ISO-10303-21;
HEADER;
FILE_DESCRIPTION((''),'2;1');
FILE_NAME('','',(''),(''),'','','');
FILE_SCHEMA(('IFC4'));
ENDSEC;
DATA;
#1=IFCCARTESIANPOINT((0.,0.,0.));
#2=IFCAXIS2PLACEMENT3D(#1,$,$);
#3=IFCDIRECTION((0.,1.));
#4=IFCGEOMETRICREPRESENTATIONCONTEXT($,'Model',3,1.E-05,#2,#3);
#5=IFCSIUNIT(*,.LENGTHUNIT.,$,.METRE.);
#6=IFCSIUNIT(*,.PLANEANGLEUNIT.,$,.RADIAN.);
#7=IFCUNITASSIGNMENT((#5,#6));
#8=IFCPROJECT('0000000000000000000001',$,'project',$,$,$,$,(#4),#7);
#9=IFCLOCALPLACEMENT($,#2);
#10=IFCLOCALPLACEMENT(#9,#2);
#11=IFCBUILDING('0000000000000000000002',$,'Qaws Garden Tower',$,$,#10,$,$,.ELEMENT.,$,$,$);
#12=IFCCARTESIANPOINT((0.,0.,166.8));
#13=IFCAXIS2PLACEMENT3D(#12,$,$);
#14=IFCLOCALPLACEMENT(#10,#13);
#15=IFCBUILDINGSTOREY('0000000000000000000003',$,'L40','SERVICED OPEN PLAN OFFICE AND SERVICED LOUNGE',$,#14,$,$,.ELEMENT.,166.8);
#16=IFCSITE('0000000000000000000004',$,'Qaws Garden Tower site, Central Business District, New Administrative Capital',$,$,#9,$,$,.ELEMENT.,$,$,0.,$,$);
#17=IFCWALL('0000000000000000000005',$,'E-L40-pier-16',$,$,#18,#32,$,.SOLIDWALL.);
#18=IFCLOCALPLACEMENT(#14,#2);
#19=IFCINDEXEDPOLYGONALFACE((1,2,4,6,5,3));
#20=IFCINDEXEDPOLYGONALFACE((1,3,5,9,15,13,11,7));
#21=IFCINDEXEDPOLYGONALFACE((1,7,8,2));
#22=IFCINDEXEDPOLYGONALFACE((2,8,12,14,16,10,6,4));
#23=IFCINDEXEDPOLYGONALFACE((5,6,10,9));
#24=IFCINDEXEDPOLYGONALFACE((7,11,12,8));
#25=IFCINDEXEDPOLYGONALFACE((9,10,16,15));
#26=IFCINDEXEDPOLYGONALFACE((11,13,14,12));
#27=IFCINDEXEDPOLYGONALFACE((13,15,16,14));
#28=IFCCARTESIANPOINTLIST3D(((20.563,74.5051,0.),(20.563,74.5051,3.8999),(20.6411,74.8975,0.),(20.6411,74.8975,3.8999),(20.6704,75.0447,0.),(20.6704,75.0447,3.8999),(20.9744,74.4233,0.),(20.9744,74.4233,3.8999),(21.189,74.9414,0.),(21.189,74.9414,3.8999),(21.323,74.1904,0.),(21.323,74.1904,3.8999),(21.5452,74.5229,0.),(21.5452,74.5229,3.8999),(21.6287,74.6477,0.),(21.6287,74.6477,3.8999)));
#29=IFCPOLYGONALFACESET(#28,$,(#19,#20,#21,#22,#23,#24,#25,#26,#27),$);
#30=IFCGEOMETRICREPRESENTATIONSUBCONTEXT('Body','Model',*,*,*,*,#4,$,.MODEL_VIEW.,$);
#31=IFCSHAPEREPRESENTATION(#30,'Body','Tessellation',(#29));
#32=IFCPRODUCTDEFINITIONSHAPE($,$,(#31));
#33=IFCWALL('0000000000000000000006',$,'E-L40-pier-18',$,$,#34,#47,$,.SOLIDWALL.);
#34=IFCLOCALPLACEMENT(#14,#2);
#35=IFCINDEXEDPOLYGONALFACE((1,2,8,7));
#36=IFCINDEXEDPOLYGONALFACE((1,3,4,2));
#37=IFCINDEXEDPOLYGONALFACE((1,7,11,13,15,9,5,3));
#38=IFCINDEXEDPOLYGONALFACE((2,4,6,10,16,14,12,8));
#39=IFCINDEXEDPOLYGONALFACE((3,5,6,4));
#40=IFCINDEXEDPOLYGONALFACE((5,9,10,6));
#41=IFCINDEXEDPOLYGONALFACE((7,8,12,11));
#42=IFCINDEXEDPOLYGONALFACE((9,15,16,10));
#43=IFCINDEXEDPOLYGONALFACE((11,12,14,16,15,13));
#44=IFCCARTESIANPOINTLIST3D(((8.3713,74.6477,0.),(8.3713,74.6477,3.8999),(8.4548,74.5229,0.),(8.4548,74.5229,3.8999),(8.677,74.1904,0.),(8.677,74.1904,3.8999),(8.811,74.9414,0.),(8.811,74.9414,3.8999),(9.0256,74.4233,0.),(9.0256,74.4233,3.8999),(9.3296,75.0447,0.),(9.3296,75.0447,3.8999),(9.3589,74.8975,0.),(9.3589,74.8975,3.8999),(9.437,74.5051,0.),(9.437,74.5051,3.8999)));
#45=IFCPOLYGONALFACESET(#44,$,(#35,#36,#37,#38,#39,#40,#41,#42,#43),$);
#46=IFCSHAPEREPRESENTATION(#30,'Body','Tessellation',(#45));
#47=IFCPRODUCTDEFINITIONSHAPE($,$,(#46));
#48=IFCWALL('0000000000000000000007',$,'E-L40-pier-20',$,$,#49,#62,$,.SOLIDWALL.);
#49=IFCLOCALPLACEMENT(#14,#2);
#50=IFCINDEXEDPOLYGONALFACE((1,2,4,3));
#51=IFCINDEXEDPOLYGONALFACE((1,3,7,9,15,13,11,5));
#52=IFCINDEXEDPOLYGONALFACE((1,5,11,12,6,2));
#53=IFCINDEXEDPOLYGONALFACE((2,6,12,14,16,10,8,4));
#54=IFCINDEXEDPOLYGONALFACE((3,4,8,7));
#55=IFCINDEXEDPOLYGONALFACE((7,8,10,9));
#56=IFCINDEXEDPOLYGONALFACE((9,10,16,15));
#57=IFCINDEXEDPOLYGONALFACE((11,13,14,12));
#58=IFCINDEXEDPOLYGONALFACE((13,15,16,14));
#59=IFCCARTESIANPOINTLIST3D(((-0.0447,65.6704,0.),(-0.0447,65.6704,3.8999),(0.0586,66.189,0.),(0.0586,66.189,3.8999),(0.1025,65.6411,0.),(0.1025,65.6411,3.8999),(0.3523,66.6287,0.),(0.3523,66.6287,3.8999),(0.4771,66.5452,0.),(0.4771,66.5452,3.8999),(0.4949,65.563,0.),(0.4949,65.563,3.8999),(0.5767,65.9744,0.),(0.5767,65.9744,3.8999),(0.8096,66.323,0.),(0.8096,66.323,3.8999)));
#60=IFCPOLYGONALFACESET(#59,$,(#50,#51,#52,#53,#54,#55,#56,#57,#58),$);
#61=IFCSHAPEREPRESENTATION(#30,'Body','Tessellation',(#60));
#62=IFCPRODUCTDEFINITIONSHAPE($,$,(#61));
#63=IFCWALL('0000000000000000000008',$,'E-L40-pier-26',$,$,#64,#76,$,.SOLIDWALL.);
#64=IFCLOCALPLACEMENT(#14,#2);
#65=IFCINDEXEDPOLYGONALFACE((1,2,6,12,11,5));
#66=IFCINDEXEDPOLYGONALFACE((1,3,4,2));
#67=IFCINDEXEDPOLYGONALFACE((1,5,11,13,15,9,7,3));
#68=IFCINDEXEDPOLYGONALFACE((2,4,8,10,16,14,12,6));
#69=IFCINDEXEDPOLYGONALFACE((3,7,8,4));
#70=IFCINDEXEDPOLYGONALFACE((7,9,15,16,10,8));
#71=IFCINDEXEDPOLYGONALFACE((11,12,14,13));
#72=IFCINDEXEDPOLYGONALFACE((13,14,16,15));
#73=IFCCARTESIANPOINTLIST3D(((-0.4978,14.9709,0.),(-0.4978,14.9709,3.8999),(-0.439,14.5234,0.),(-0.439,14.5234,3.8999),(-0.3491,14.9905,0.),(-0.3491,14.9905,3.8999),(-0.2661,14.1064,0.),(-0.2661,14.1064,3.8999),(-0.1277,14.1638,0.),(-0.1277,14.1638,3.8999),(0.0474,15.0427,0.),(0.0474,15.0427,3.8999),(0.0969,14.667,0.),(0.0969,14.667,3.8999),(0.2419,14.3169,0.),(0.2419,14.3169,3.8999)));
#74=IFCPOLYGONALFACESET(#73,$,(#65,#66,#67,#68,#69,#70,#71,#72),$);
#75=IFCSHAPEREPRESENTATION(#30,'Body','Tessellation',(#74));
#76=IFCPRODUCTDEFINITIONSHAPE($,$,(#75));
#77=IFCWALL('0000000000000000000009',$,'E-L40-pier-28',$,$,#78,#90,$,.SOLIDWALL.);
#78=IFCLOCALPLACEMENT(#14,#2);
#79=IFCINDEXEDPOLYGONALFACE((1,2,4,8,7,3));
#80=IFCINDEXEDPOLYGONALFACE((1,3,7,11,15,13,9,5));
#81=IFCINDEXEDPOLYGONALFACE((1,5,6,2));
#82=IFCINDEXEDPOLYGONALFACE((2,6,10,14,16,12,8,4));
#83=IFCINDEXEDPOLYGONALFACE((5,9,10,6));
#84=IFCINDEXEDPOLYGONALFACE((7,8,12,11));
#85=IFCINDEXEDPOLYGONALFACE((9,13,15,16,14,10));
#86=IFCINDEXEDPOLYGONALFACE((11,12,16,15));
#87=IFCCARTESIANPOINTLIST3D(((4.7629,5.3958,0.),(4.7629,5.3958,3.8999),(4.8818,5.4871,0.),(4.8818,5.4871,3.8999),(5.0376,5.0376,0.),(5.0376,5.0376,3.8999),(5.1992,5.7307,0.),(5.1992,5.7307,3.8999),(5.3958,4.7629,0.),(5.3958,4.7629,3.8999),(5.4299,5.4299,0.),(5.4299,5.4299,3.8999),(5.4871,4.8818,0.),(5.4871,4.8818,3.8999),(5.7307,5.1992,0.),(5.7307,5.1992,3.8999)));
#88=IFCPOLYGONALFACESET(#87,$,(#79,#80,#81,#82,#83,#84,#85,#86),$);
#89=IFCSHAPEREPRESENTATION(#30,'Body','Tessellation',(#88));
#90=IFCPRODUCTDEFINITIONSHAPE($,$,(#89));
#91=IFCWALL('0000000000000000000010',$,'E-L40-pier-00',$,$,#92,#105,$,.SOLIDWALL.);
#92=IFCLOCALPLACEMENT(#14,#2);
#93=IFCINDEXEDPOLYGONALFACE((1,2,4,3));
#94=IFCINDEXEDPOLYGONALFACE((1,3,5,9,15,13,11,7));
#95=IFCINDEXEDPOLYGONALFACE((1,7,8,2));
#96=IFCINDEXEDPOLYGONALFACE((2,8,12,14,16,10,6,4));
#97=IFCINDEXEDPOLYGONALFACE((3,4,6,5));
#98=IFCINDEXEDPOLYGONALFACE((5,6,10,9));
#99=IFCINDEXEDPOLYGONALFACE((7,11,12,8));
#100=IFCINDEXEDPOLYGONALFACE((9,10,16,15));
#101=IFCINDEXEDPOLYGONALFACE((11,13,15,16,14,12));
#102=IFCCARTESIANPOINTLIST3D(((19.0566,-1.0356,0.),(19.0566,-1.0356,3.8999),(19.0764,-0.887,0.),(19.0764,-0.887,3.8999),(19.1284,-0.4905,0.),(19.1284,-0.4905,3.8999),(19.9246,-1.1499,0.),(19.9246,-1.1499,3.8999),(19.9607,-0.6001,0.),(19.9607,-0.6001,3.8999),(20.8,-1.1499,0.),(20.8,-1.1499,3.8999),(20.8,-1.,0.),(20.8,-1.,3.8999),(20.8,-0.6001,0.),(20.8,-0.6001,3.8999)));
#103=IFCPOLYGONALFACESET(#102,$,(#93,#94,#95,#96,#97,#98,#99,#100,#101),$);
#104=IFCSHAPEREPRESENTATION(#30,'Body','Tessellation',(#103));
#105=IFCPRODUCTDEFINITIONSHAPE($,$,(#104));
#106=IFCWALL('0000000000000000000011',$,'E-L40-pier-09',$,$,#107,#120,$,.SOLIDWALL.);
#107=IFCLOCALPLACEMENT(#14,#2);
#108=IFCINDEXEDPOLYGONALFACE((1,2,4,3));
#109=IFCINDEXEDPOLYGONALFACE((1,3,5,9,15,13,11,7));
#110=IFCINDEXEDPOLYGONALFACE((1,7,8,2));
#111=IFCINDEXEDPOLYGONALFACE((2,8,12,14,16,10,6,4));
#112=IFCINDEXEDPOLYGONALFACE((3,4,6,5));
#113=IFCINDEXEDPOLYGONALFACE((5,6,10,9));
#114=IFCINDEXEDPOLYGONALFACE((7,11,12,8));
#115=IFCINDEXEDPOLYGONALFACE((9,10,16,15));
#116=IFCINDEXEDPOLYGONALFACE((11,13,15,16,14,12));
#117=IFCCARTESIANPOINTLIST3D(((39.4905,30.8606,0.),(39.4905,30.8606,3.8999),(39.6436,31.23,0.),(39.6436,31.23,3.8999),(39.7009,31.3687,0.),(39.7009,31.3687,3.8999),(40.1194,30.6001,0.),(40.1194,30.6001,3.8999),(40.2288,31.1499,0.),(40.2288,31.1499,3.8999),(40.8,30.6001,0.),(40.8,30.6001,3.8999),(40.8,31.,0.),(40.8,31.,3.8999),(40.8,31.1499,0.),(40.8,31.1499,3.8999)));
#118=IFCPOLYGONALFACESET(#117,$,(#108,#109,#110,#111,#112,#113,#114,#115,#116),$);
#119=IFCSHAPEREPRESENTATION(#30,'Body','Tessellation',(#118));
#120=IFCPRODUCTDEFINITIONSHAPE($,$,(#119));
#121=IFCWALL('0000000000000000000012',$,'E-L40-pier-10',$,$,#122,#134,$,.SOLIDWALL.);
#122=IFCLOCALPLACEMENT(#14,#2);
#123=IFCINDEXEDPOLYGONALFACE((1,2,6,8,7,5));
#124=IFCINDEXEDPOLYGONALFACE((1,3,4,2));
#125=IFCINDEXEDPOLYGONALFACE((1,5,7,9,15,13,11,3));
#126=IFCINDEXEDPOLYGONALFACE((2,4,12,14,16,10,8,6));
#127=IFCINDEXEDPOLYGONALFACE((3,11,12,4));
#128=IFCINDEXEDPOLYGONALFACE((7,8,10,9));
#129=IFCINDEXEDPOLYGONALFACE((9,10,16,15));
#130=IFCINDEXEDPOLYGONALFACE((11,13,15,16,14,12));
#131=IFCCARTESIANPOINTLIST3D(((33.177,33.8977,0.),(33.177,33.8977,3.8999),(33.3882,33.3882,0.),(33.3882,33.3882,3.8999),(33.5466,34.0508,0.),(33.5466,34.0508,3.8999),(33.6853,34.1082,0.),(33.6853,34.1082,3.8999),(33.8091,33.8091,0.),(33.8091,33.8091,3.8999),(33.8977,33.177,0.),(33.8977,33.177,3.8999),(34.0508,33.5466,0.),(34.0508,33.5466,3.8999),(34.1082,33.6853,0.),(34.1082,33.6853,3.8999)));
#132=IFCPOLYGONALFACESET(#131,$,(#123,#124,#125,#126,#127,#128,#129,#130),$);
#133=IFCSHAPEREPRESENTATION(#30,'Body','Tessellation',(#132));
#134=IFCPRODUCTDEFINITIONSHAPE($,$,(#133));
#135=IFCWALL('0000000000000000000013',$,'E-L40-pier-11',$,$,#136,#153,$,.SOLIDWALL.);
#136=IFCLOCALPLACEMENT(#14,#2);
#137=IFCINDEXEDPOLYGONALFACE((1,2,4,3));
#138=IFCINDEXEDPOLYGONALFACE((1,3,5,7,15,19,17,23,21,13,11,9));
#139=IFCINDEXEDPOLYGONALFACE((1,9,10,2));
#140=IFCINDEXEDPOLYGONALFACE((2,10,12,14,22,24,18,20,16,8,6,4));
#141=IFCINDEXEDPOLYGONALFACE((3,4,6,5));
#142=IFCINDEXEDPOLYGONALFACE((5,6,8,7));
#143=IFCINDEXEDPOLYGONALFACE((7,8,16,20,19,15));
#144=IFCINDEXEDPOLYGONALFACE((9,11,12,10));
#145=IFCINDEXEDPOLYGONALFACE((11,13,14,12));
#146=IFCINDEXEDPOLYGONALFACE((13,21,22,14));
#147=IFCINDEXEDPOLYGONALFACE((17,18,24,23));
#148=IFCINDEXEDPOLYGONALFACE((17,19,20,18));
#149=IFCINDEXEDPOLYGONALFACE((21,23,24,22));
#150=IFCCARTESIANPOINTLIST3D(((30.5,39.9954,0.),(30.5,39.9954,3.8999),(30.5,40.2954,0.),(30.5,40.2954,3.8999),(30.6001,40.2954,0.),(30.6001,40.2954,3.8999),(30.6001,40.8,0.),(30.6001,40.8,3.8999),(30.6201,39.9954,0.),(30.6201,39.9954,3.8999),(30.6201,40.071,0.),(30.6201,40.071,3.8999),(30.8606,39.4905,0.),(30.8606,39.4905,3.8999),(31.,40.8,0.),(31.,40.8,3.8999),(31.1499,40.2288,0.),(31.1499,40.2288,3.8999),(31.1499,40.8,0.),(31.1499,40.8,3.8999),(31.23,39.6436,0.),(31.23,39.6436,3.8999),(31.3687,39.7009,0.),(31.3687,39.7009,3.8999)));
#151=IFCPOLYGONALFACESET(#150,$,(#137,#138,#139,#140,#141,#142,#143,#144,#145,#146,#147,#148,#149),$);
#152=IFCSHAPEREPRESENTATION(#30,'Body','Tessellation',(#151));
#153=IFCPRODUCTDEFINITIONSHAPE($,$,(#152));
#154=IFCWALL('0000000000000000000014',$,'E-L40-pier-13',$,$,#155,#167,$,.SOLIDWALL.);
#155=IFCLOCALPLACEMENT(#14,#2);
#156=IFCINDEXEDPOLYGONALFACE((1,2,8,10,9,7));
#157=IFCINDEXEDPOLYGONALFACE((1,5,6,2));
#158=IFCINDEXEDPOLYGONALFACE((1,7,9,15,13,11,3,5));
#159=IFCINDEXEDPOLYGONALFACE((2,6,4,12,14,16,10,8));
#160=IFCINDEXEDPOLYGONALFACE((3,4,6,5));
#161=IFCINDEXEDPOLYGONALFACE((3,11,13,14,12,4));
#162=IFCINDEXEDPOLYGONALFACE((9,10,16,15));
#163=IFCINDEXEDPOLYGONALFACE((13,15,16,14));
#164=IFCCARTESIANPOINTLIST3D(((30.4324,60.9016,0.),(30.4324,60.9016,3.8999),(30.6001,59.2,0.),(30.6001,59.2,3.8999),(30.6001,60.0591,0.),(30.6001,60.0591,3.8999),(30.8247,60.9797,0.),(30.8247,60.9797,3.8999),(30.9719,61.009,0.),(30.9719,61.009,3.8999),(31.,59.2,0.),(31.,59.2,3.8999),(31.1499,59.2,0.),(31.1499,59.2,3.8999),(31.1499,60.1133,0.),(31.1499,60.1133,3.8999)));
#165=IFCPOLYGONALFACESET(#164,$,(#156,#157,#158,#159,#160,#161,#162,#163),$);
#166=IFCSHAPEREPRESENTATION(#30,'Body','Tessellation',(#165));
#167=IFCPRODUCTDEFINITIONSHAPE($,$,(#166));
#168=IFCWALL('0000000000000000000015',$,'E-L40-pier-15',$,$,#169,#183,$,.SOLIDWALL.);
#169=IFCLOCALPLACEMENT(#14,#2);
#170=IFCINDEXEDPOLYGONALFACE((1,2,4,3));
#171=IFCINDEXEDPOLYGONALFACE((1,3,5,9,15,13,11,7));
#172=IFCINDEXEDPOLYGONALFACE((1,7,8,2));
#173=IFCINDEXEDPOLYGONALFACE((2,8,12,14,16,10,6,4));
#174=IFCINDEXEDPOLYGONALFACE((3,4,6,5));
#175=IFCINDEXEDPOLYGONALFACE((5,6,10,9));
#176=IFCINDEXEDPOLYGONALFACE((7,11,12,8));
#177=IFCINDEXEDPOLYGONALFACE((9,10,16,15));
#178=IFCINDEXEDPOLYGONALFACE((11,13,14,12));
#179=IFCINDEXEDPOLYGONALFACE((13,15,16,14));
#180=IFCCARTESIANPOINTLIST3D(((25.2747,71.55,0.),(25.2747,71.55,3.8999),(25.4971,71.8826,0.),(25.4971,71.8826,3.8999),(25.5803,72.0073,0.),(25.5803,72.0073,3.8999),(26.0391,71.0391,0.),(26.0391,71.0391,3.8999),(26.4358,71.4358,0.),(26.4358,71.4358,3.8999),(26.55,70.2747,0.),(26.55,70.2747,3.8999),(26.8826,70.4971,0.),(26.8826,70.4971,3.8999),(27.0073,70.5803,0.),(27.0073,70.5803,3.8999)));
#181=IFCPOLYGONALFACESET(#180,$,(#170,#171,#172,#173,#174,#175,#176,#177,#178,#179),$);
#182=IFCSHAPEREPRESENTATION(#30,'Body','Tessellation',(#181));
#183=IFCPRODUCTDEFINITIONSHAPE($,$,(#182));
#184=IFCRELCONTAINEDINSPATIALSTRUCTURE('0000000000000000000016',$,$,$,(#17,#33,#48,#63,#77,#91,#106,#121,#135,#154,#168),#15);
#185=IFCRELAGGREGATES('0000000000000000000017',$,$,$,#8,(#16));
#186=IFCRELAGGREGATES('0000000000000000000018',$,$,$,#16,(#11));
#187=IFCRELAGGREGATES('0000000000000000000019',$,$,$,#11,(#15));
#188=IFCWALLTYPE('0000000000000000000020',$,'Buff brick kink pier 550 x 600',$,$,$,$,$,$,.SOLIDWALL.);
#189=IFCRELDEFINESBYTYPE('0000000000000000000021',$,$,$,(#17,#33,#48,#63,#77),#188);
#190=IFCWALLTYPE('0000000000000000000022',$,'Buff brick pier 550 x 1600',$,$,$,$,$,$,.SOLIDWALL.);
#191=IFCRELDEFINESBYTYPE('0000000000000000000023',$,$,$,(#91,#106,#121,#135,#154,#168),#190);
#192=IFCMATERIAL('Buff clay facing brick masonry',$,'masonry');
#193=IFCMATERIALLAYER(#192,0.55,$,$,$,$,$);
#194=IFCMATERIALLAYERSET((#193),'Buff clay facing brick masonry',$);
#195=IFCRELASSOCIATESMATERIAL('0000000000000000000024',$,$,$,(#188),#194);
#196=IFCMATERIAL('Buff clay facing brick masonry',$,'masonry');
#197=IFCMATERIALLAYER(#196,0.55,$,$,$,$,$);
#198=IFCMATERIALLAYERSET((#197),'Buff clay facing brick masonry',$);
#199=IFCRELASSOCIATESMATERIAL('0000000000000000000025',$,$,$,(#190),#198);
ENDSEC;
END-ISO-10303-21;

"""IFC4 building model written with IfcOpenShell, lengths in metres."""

from ifc_helpers import new_model, si_unit, direction, frame, origin, place, context, subcontext, project, spatial, polyline, outline, extrude, material, layer, layer_set, type_object, element, save


model = new_model("IFC4")

# Units and contexts
model_context = context("Model", 3, precision=1e-05, world=origin(), true_north=direction((0.0, 1.0)))
body_context = subcontext(model_context, "Body", "Model", "MODEL_VIEW")
ifc_project = project(units=[si_unit("LENGTHUNIT", "METRE"), si_unit("PLANEANGLEUNIT", "RADIAN")], contexts=[model_context])

# Site, building, storey
site_placement = place(None, origin())
site = spatial("IfcSite", under=ifc_project, at=site_placement, Name="Qaws Garden Tower site, Central Business District, New Administrative Capital", CompositionType="ELEMENT", RefElevation=0.0)
building_placement = place(site_placement, origin())
building = spatial("IfcBuilding", under=site, at=building_placement, Name="Qaws Garden Tower", CompositionType="ELEMENT")
storey_placement = place(building_placement, frame((0.0, 0.0, 166.8)))
storey = spatial("IfcBuildingStorey", under=building, at=storey_placement, Name="L40", Description="SERVICED OPEN PLAN OFFICE AND SERVICED LOUNGE", CompositionType="ELEMENT", Elevation=166.8)

# Walls
placement = place(storey_placement, origin())
ifc_material_1 = material(Name="Buff clay facing brick masonry", Category="masonry")
ifc_layer_1 = layer(ifc_material_1, 0.55)
ifc_layer_set_1 = layer_set([ifc_layer_1], Name="Buff clay facing brick masonry")
wall_type_1 = type_object("IfcWallType", Name="Buff brick kink pier 550 x 600", PredefinedType="SOLIDWALL", material=ifc_layer_set_1)
element("IfcWall", 1, at=placement, inside=storey, type_object=wall_type_1, Name="E-L40-pier-16", PredefinedType="SOLIDWALL", context=body_context, shape_type="SweptSolid", body=[
    extrude(outline(polyline([(21.5452, 74.5229), (21.6287, 74.6477), (21.189, 74.9414), (20.6704, 75.0447), (20.6411, 74.8975), (20.563, 74.5051), (20.9744, 74.4233), (21.323, 74.1904), (21.5452, 74.5229)])), origin(), (0.0, 0.0, 1.0), 3.8999),
])
element("IfcWall", 2, at=placement, inside=storey, type_object=wall_type_1, Name="E-L40-pier-18", PredefinedType="SOLIDWALL", context=body_context, shape_type="SweptSolid", body=[
    extrude(outline(polyline([(9.3589, 74.8975), (9.3296, 75.0447), (8.811, 74.9414), (8.3713, 74.6477), (8.4548, 74.5229), (8.677, 74.1904), (9.0256, 74.4233), (9.437, 74.5051), (9.3589, 74.8975)])), origin(), (0.0, 0.0, 1.0), 3.8999),
])
element("IfcWall", 3, at=placement, inside=storey, type_object=wall_type_1, Name="E-L40-pier-20", PredefinedType="SOLIDWALL", context=body_context, shape_type="SweptSolid", body=[
    extrude(outline(polyline([(0.4771, 66.5452), (0.3523, 66.6287), (0.0586, 66.189), (-0.0447, 65.6704), (0.1025, 65.6411), (0.4949, 65.563), (0.5767, 65.9744), (0.8096, 66.323), (0.4771, 66.5452)])), origin(), (0.0, 0.0, 1.0), 3.8999),
])
element("IfcWall", 4, at=placement, inside=storey, type_object=wall_type_1, Name="E-L40-pier-26", PredefinedType="SOLIDWALL", context=body_context, shape_type="SweptSolid", body=[
    extrude(outline(polyline([(-0.3491, 14.9905), (-0.4978, 14.9709), (-0.439, 14.5234), (-0.2661, 14.1064), (-0.1277, 14.1638), (0.2419, 14.3169), (0.0969, 14.667), (0.0474, 15.0427), (-0.3491, 14.9905)])), origin(), (0.0, 0.0, 1.0), 3.8999),
])
element("IfcWall", 5, at=placement, inside=storey, type_object=wall_type_1, Name="E-L40-pier-28", PredefinedType="SOLIDWALL", context=body_context, shape_type="SweptSolid", body=[
    extrude(outline(polyline([(4.8818, 5.4871), (4.7629, 5.3958), (5.0376, 5.0376), (5.3958, 4.7629), (5.4871, 4.8818), (5.7307, 5.1992), (5.4299, 5.4299), (5.1992, 5.7307), (4.8818, 5.4871)])), origin(), (0.0, 0.0, 1.0), 3.8999),
])
ifc_material_2 = material(Name="Buff clay facing brick masonry", Category="masonry")
ifc_layer_2 = layer(ifc_material_2, 0.55)
ifc_layer_set_2 = layer_set([ifc_layer_2], Name="Buff clay facing brick masonry")
wall_type_2 = type_object("IfcWallType", Name="Buff brick pier 550 x 1600", PredefinedType="SOLIDWALL", material=ifc_layer_set_2)
element("IfcWall", 6, at=placement, inside=storey, type_object=wall_type_2, Name="E-L40-pier-00", PredefinedType="SOLIDWALL", context=body_context, shape_type="SweptSolid", body=[
    extrude(outline(polyline([(19.0764, -0.887), (19.0566, -1.0356), (19.9246, -1.1499), (20.8, -1.1499), (20.8, -1.0), (20.8, -0.6001), (19.9607, -0.6001), (19.1284, -0.4905), (19.0764, -0.887)])), origin(), (0.0, 0.0, 1.0), 3.8999),
])
element("IfcWall", 7, at=placement, inside=storey, type_object=wall_type_2, Name="E-L40-pier-09", PredefinedType="SOLIDWALL", context=body_context, shape_type="SweptSolid", body=[
    extrude(outline(polyline([(40.8, 31.0), (40.8, 31.1499), (40.2288, 31.1499), (39.7009, 31.3687), (39.6436, 31.23), (39.4905, 30.8606), (40.1194, 30.6001), (40.8, 30.6001), (40.8, 31.0)])), origin(), (0.0, 0.0, 1.0), 3.8999),
])
element("IfcWall", 8, at=placement, inside=storey, type_object=wall_type_2, Name="E-L40-pier-10", PredefinedType="SOLIDWALL", context=body_context, shape_type="SweptSolid", body=[
    extrude(outline(polyline([(34.0508, 33.5466), (34.1082, 33.6853), (33.8091, 33.8091), (33.6853, 34.1082), (33.5466, 34.0508), (33.177, 33.8977), (33.3882, 33.3882), (33.8977, 33.177), (34.0508, 33.5466)])), origin(), (0.0, 0.0, 1.0), 3.8999),
])
element("IfcWall", 9, at=placement, inside=storey, type_object=wall_type_2, Name="E-L40-pier-11", PredefinedType="SOLIDWALL", context=body_context, shape_type="SweptSolid", body=[
    extrude(outline(polyline([(30.6201, 39.9954), (30.6201, 40.071), (30.8606, 39.4905), (31.23, 39.6436), (31.3687, 39.7009), (31.1499, 40.2288), (31.1499, 40.8), (31.0, 40.8), (30.6001, 40.8), (30.6001, 40.2954), (30.5, 40.2954), (30.5, 39.9954), (30.6201, 39.9954)])), origin(), (0.0, 0.0, 1.0), 3.8999),
])
element("IfcWall", 10, at=placement, inside=storey, type_object=wall_type_2, Name="E-L40-pier-13", PredefinedType="SOLIDWALL", context=body_context, shape_type="SweptSolid", body=[
    extrude(outline(polyline([(31.0, 59.2), (31.1499, 59.2), (31.1499, 60.1133), (30.9719, 61.009), (30.8247, 60.9797), (30.4324, 60.9016), (30.6001, 60.0591), (30.6001, 59.2), (31.0, 59.2)])), origin(), (0.0, 0.0, 1.0), 3.8999),
])
element("IfcWall", 11, at=placement, inside=storey, type_object=wall_type_2, Name="E-L40-pier-15", PredefinedType="SOLIDWALL", context=body_context, shape_type="SweptSolid", body=[
    extrude(outline(polyline([(26.8826, 70.4971), (27.0073, 70.5803), (26.4358, 71.4358), (25.5803, 72.0073), (25.4971, 71.8826), (25.2747, 71.55), (26.0391, 71.0391), (26.55, 70.2747), (26.8826, 70.4971)])), origin(), (0.0, 0.0, 1.0), 3.8999),
])

save(model, "model.ifc")
